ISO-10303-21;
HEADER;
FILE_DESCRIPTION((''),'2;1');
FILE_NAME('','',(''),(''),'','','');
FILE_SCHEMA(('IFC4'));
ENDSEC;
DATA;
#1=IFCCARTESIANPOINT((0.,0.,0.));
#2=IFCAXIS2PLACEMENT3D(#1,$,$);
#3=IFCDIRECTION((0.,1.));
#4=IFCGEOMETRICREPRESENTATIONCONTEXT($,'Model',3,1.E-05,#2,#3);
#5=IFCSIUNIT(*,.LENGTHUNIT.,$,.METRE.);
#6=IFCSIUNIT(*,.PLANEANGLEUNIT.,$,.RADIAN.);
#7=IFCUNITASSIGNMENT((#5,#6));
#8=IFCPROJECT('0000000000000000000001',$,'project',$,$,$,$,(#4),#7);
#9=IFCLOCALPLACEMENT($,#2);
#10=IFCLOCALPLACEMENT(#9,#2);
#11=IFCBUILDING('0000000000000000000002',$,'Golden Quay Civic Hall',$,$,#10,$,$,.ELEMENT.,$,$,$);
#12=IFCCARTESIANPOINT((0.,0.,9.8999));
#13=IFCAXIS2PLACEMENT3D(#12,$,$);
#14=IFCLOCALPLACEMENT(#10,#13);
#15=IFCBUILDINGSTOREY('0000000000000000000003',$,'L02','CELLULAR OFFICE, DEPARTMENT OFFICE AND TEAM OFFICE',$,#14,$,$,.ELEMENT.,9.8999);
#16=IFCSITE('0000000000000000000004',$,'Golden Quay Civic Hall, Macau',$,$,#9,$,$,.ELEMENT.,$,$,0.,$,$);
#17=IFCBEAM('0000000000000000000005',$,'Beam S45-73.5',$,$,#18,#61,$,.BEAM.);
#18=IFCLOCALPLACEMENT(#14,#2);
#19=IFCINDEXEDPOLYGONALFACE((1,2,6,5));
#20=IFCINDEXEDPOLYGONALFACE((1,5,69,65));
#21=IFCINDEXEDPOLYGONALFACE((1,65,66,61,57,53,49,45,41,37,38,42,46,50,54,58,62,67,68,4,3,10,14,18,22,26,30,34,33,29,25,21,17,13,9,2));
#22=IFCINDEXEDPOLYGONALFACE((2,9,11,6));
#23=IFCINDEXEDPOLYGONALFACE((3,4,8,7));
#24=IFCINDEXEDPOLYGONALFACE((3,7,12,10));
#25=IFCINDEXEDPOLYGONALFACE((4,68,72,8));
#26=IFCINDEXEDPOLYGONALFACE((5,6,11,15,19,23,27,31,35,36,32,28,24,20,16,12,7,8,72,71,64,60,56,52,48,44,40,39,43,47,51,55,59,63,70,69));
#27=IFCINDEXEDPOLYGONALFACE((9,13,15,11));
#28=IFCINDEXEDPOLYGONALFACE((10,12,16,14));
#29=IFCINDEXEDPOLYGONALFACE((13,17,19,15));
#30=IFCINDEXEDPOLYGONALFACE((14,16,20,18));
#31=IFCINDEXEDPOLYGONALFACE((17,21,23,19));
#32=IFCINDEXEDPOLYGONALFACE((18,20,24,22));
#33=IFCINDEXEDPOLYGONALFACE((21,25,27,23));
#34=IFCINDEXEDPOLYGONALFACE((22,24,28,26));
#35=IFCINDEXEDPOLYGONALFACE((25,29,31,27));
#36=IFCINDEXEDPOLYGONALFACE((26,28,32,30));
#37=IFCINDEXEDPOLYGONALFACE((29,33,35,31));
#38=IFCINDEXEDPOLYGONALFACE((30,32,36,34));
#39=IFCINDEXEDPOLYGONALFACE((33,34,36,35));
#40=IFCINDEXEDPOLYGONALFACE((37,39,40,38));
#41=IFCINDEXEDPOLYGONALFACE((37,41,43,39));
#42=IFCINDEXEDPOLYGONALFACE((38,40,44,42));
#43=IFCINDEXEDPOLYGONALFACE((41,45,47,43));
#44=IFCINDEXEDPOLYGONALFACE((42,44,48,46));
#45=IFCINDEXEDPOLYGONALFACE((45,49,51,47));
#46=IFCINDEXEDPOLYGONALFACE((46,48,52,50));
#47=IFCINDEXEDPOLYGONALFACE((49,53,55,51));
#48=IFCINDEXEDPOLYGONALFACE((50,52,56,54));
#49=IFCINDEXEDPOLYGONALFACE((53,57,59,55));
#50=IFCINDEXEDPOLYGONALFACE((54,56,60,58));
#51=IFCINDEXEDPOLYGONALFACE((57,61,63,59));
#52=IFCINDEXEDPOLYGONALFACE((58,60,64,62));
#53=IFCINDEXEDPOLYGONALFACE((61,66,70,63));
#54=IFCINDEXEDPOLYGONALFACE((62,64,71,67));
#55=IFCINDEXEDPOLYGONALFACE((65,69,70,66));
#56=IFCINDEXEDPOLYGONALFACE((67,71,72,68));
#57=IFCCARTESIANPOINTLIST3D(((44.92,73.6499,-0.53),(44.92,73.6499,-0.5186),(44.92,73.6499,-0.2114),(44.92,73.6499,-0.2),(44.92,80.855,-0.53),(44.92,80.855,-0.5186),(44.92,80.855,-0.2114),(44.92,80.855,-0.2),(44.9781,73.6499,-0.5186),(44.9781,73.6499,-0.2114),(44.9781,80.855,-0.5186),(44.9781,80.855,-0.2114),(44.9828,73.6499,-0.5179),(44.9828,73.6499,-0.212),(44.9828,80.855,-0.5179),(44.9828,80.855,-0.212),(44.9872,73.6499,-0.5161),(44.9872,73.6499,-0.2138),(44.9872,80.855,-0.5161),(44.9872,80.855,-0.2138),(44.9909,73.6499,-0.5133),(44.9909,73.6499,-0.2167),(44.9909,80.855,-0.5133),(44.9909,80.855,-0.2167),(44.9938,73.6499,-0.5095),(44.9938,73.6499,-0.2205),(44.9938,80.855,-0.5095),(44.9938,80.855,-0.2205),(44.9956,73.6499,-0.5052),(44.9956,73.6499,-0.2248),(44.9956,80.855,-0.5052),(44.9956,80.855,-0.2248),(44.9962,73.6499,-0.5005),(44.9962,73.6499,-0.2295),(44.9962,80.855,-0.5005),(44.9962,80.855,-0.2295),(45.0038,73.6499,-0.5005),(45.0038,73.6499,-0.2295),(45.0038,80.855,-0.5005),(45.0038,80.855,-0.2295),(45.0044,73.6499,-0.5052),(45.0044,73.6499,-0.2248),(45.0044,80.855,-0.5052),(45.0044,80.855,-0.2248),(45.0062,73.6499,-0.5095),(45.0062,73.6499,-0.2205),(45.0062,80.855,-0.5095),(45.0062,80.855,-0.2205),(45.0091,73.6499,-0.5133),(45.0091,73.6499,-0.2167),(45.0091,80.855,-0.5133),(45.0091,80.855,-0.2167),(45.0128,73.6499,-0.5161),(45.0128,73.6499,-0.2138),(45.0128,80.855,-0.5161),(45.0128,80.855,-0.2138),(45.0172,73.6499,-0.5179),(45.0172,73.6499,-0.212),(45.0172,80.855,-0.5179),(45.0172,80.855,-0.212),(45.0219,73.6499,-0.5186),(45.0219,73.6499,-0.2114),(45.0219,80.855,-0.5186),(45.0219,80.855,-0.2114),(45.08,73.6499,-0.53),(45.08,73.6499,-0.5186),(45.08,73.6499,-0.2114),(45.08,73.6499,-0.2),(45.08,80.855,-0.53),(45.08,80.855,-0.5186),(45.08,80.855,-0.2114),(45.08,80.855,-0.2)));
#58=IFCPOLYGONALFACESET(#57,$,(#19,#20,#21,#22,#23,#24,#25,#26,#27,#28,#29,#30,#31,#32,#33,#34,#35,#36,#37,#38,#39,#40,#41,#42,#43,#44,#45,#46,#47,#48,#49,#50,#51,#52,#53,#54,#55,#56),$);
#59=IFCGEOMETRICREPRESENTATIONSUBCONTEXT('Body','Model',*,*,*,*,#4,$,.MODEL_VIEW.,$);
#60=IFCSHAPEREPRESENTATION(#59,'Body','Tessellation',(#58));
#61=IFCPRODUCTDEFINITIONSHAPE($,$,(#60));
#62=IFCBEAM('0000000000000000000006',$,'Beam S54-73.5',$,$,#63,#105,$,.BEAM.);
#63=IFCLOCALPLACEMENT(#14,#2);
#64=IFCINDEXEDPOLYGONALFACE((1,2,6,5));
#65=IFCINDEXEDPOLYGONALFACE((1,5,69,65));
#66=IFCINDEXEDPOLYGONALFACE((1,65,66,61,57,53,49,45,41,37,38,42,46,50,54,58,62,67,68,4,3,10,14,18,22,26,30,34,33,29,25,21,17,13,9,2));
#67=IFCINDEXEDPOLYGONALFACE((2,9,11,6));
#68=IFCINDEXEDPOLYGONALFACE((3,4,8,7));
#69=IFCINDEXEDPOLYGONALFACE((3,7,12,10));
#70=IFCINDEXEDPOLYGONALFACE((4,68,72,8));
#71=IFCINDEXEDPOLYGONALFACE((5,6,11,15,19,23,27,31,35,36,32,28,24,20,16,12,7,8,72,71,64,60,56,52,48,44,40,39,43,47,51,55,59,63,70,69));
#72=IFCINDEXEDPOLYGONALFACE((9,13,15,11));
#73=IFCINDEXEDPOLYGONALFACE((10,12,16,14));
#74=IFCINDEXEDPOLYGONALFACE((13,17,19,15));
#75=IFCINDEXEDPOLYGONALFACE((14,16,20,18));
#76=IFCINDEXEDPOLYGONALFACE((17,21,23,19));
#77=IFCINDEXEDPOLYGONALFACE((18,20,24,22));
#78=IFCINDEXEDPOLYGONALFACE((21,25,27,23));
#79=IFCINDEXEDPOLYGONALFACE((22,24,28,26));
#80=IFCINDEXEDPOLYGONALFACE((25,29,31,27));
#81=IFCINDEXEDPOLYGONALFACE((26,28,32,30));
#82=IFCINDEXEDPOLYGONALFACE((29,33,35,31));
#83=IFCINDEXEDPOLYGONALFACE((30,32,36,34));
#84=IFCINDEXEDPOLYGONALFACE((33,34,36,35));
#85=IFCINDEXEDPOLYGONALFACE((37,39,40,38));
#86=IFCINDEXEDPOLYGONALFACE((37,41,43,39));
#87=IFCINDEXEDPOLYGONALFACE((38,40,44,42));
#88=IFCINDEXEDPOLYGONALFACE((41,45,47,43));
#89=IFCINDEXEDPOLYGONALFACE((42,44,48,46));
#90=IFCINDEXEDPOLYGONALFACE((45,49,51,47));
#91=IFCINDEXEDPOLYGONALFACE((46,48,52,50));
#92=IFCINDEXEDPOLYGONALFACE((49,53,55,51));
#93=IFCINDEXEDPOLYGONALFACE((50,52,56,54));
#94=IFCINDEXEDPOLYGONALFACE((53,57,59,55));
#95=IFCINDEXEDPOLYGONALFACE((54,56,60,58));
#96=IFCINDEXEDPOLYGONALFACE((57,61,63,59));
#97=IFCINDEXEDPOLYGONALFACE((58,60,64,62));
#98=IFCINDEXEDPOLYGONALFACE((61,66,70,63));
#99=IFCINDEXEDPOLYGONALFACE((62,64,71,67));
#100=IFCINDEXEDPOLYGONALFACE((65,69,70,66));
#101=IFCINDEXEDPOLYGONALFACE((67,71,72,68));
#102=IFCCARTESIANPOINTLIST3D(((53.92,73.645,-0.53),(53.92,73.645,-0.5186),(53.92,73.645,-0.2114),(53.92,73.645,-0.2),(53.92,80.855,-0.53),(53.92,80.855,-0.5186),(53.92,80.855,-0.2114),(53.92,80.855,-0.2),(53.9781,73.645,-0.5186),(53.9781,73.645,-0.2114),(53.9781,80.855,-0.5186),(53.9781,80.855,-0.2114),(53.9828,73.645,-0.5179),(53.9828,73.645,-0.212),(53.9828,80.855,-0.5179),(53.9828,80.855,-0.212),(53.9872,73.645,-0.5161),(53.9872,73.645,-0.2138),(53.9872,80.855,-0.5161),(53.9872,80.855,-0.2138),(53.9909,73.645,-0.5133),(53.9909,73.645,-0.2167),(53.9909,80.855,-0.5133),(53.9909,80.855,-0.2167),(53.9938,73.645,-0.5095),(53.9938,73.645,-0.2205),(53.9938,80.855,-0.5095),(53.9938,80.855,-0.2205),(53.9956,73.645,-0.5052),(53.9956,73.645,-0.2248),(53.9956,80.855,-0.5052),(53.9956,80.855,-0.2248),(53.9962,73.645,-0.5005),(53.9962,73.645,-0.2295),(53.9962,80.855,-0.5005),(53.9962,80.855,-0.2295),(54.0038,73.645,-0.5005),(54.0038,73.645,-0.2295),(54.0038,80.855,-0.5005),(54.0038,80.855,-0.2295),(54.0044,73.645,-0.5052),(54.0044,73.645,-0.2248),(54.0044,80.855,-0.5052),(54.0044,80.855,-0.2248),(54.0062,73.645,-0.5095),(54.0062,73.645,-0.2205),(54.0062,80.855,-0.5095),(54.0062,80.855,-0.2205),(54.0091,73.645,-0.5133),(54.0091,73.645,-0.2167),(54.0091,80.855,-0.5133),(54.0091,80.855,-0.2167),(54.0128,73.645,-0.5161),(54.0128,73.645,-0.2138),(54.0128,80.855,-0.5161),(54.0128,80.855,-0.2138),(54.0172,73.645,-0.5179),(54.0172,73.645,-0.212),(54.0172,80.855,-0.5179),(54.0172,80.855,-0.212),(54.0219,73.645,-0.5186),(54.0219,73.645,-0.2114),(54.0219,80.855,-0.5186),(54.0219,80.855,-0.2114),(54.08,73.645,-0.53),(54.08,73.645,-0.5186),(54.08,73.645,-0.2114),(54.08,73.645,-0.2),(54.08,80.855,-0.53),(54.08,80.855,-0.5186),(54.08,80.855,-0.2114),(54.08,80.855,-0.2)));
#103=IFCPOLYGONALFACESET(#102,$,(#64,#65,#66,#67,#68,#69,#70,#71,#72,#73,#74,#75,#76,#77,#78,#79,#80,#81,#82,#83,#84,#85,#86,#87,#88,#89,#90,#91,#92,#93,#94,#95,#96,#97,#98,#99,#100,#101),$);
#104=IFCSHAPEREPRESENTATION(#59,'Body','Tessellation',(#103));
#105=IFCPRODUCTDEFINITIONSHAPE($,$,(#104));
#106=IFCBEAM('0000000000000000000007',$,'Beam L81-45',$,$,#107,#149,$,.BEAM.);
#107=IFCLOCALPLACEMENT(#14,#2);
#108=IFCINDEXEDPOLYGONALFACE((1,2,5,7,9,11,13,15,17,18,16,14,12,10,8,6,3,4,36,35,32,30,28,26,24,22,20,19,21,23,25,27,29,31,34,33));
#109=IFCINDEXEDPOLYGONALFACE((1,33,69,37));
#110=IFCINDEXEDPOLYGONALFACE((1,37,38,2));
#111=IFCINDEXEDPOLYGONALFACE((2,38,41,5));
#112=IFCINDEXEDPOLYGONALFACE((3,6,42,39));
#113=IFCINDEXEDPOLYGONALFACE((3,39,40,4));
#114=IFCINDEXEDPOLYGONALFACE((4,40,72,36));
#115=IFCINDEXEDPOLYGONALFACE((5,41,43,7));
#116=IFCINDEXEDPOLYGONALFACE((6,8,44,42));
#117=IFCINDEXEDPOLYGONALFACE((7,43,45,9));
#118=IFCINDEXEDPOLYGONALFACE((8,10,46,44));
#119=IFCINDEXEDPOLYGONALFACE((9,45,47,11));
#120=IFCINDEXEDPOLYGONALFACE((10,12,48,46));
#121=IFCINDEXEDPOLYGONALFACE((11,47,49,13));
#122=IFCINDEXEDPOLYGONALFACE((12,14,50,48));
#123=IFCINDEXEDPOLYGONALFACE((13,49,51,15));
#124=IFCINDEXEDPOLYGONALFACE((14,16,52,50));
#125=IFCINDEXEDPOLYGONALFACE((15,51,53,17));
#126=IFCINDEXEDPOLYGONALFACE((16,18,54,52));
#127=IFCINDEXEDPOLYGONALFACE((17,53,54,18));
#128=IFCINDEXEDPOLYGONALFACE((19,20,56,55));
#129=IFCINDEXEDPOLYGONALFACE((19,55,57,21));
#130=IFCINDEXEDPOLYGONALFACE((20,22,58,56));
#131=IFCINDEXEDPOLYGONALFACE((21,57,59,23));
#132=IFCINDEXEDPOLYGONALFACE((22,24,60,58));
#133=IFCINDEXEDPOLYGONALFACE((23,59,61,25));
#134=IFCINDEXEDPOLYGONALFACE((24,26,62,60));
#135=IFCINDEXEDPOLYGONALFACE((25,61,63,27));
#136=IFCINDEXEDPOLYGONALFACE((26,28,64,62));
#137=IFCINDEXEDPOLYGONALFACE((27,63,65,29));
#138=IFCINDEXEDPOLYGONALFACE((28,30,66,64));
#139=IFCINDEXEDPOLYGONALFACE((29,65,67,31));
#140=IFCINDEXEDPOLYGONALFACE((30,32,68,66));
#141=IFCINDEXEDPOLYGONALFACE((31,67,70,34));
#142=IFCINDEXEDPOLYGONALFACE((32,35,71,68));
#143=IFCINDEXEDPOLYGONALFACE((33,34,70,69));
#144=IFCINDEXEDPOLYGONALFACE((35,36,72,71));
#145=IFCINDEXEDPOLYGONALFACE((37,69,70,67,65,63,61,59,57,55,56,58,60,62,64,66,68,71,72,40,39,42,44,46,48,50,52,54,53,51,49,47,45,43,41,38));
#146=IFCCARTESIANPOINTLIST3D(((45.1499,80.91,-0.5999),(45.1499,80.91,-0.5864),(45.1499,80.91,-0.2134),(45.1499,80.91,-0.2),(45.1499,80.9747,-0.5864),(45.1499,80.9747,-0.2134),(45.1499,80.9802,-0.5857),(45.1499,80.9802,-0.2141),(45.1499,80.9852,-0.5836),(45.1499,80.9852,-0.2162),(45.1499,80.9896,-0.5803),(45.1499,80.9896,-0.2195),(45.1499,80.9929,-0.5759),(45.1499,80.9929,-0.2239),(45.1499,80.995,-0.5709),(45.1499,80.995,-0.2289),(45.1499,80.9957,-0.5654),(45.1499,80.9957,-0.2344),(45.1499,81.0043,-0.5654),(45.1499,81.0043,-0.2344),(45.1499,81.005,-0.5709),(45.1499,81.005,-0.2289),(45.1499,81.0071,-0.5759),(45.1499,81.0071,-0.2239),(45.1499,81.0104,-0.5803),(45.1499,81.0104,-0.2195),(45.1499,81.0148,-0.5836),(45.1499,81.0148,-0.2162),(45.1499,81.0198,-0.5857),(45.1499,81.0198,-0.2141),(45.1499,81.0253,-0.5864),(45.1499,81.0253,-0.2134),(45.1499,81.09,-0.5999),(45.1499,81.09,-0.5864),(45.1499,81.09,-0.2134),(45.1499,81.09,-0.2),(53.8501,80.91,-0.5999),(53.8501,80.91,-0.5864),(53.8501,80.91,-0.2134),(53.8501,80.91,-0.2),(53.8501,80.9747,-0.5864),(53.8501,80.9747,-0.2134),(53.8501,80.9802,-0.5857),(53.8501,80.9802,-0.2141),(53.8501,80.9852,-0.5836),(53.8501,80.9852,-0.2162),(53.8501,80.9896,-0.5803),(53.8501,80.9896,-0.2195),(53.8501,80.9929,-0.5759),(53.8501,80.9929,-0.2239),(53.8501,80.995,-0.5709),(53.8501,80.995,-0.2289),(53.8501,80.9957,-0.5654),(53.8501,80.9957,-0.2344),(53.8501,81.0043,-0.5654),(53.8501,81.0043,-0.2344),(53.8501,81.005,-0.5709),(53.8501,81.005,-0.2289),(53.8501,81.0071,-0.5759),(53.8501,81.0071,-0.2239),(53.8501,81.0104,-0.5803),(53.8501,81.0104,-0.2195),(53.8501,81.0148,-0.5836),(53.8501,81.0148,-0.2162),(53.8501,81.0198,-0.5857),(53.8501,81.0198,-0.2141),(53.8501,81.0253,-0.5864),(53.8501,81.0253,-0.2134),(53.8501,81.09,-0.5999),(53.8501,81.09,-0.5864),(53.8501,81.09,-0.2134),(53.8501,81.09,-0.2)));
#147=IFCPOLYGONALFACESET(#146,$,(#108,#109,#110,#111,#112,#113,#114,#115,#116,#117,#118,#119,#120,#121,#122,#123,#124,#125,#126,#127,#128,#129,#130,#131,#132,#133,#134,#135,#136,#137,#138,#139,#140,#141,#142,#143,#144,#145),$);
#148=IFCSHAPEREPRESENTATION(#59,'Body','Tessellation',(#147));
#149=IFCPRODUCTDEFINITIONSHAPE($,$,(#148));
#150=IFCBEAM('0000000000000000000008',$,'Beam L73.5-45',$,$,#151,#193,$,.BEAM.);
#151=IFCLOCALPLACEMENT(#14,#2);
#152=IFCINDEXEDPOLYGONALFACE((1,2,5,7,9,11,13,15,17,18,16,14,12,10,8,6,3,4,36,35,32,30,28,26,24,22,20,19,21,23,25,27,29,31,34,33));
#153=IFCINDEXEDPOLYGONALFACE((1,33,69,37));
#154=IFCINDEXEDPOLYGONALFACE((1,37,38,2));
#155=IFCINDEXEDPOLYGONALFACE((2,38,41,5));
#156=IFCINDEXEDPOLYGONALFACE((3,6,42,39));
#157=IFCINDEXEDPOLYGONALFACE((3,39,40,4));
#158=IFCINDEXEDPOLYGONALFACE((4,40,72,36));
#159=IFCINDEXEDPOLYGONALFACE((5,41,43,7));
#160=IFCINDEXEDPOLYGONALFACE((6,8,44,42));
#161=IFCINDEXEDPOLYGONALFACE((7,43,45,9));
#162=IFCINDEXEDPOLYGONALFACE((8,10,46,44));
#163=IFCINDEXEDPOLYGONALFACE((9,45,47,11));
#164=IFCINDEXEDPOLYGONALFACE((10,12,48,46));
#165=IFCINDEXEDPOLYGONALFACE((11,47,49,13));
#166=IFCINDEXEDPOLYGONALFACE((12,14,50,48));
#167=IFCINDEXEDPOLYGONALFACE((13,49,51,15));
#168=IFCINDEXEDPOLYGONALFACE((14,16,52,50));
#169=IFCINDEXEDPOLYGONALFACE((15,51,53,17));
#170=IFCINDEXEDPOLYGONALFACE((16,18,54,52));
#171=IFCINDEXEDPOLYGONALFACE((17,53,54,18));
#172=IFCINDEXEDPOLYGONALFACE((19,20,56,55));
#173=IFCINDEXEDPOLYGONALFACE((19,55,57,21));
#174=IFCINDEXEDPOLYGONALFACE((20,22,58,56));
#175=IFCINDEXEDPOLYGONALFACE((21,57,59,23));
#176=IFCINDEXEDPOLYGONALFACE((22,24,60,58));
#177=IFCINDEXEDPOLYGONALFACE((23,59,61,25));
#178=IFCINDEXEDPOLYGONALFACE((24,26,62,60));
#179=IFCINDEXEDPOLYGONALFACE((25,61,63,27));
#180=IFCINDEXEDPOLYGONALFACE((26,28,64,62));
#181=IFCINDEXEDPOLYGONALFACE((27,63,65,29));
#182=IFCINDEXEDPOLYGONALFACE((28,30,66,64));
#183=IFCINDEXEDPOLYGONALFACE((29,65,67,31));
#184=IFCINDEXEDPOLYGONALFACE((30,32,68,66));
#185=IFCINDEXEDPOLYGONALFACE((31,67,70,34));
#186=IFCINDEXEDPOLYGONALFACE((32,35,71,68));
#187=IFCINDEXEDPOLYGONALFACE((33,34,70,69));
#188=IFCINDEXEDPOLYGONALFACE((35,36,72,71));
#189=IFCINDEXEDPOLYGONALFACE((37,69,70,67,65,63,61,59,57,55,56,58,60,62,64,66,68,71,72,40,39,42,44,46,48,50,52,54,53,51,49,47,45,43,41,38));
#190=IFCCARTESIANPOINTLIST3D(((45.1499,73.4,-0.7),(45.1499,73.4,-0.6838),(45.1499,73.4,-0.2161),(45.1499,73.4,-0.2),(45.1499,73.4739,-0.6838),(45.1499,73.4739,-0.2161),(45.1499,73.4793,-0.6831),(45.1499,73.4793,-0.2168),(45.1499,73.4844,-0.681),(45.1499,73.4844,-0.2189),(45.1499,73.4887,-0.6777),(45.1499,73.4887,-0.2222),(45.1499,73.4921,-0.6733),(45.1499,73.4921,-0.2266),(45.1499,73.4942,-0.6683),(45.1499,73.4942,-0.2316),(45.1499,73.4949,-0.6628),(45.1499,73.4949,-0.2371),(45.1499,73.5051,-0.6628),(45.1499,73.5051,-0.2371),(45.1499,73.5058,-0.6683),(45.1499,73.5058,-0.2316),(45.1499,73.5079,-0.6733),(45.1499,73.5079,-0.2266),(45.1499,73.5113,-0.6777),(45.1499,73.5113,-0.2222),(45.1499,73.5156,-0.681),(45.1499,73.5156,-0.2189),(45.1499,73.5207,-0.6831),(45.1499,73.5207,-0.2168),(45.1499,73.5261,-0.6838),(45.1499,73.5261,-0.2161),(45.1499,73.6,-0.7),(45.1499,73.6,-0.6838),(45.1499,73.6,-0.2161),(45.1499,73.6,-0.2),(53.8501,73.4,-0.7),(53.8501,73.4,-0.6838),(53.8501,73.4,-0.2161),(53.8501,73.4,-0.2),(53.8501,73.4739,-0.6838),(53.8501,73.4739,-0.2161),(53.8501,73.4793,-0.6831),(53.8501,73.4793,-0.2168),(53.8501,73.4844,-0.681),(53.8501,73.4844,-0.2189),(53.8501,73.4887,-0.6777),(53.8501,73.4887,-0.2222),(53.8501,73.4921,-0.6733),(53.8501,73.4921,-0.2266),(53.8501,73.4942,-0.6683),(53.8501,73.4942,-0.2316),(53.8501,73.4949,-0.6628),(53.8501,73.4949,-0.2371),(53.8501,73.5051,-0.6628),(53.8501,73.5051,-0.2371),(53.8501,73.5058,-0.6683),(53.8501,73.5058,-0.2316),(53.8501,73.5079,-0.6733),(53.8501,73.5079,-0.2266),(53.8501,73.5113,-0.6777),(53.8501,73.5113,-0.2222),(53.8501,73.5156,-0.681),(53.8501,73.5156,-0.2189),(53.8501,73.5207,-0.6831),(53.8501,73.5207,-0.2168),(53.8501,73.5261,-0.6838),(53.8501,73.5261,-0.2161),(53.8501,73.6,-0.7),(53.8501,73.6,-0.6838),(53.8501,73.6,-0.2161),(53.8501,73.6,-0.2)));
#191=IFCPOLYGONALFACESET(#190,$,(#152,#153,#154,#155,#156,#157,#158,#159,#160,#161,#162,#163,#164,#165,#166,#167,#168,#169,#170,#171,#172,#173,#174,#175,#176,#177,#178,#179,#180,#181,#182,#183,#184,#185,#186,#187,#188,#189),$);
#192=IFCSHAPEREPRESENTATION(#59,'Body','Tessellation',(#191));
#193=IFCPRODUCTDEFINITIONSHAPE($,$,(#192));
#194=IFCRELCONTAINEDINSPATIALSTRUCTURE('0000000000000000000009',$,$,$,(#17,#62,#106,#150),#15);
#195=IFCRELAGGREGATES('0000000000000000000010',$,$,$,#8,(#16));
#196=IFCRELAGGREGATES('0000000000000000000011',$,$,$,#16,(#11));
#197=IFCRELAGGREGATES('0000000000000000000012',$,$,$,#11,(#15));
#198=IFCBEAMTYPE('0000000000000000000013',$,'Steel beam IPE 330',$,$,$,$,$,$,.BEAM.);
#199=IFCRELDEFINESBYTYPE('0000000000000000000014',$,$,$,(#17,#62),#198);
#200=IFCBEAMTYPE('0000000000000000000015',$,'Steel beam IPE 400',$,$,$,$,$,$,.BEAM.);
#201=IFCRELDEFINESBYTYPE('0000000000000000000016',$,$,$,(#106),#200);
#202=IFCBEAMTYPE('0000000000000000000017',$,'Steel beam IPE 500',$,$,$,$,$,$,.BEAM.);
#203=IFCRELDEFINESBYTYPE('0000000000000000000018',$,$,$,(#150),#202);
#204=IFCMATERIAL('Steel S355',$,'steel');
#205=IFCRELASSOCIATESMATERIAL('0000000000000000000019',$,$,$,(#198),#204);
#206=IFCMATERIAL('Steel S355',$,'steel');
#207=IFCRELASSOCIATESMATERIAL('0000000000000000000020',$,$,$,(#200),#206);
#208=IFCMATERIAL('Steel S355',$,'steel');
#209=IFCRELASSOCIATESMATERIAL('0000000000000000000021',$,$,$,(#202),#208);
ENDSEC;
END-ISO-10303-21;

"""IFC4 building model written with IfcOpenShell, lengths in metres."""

from ifc_helpers import new_model, si_unit, direction, frame, origin, origin_2d, place, context, subcontext, project, spatial, i_section, extrude, material, material_profile, profile_set, type_object, element, save


model = new_model("IFC4")

# Units and contexts
model_context = context("Model", 3, precision=1e-05, world=origin(), true_north=direction((0.0, 1.0)))
body_context = subcontext(model_context, "Body", "Model", "MODEL_VIEW")
ifc_project = project(units=[si_unit("LENGTHUNIT", "METRE"), si_unit("PLANEANGLEUNIT", "RADIAN")], contexts=[model_context])

# Site, building, storey
site_placement = place(None, origin())
site = spatial("IfcSite", under=ifc_project, at=site_placement, Name="Golden Quay Civic Hall, Macau", CompositionType="ELEMENT", RefElevation=0.0)
building_placement = place(site_placement, origin())
building = spatial("IfcBuilding", under=site, at=building_placement, Name="Golden Quay Civic Hall", CompositionType="ELEMENT")
storey_placement = place(building_placement, frame((0.0, 0.0, 9.8999)))
storey = spatial("IfcBuildingStorey", under=building, at=storey_placement, Name="L02", Description="CELLULAR OFFICE, DEPARTMENT OFFICE AND TEAM OFFICE", CompositionType="ELEMENT", Elevation=9.8999)

# Beams
ifc_material_1 = material(Name="Steel S355", Category="steel")
ifc_material_profile_1 = material_profile(ifc_material_1, i_section(OverallWidth=0.1599, OverallDepth=0.3301, WebThickness=0.0076, FlangeThickness=0.0115, FilletRadius=0.0181, at=origin_2d()), Name="IPE 330")
ifc_profile_set_1 = profile_set([ifc_material_profile_1], Name="Steel S355")
beam_type_1 = type_object("IfcBeamType", Name="Steel beam IPE 330", PredefinedType="BEAM", material=ifc_profile_set_1)
beam_1_placement = place(storey_placement, frame((45.0, 73.6499, -0.365), z_axis=(0.0, 1.0, 0.0), x_axis=(-1.0, 0.0, 0.0)))
element("IfcBeam", 1, at=beam_1_placement, inside=storey, type_object=beam_type_1, Name="Beam S45-73.5", PredefinedType="BEAM", context=body_context, shape_type="SweptSolid", body=[
    extrude(i_section(OverallWidth=0.1599, OverallDepth=0.3301, WebThickness=0.0076, FlangeThickness=0.0115, FilletRadius=0.0181, at=origin_2d()), origin(), (0.0, 0.0, 1.0), 7.2051),
])
beam_2_placement = place(storey_placement, frame((54.0, 73.645, -0.365), z_axis=(0.0, 1.0, 0.0), x_axis=(-1.0, 0.0, 0.0)))
element("IfcBeam", 2, at=beam_2_placement, inside=storey, type_object=beam_type_1, Name="Beam S54-73.5", PredefinedType="BEAM", context=body_context, shape_type="SweptSolid", body=[
    extrude(i_section(OverallWidth=0.1599, OverallDepth=0.3301, WebThickness=0.0076, FlangeThickness=0.0115, FilletRadius=0.0181, at=origin_2d()), origin(), (0.0, 0.0, 1.0), 7.21),
])
ifc_material_2 = material(Name="Steel S355", Category="steel")
ifc_material_profile_2 = material_profile(ifc_material_2, i_section(OverallWidth=0.1799, OverallDepth=0.3999, WebThickness=0.0085, FlangeThickness=0.0134, FilletRadius=0.021, at=origin_2d()), Name="IPE 400")
ifc_profile_set_2 = profile_set([ifc_material_profile_2], Name="Steel S355")
beam_type_2 = type_object("IfcBeamType", Name="Steel beam IPE 400", PredefinedType="BEAM", material=ifc_profile_set_2)
beam_3_placement = place(storey_placement, frame((45.1499, 81.0, -0.3999), z_axis=(1.0, 0.0, 0.0), x_axis=(0.0, 1.0, 0.0)))
element("IfcBeam", 3, at=beam_3_placement, inside=storey, type_object=beam_type_2, Name="Beam L81-45", PredefinedType="BEAM", context=body_context, shape_type="SweptSolid", body=[
    extrude(i_section(OverallWidth=0.1799, OverallDepth=0.3999, WebThickness=0.0085, FlangeThickness=0.0134, FilletRadius=0.021, at=origin_2d()), origin(), (0.0, 0.0, 1.0), 8.7002),
])
ifc_material_3 = material(Name="Steel S355", Category="steel")
ifc_material_profile_3 = material_profile(ifc_material_3, i_section(OverallWidth=0.2, OverallDepth=0.5, WebThickness=0.0103, FlangeThickness=0.0161, FilletRadius=0.021, at=origin_2d()), Name="IPE 500")
ifc_profile_set_3 = profile_set([ifc_material_profile_3], Name="Steel S355")
beam_type_3 = type_object("IfcBeamType", Name="Steel beam IPE 500", PredefinedType="BEAM", material=ifc_profile_set_3)
beam_4_placement = place(storey_placement, frame((45.1499, 73.5, -0.45), z_axis=(1.0, 0.0, 0.0), x_axis=(0.0, 1.0, 0.0)))
element("IfcBeam", 4, at=beam_4_placement, inside=storey, type_object=beam_type_3, Name="Beam L73.5-45", PredefinedType="BEAM", context=body_context, shape_type="SweptSolid", body=[
    extrude(i_section(OverallWidth=0.2, OverallDepth=0.5, WebThickness=0.0103, FlangeThickness=0.0161, FilletRadius=0.021, at=origin_2d()), origin(), (0.0, 0.0, 1.0), 8.7002),
])

save(model, "model.ifc")
